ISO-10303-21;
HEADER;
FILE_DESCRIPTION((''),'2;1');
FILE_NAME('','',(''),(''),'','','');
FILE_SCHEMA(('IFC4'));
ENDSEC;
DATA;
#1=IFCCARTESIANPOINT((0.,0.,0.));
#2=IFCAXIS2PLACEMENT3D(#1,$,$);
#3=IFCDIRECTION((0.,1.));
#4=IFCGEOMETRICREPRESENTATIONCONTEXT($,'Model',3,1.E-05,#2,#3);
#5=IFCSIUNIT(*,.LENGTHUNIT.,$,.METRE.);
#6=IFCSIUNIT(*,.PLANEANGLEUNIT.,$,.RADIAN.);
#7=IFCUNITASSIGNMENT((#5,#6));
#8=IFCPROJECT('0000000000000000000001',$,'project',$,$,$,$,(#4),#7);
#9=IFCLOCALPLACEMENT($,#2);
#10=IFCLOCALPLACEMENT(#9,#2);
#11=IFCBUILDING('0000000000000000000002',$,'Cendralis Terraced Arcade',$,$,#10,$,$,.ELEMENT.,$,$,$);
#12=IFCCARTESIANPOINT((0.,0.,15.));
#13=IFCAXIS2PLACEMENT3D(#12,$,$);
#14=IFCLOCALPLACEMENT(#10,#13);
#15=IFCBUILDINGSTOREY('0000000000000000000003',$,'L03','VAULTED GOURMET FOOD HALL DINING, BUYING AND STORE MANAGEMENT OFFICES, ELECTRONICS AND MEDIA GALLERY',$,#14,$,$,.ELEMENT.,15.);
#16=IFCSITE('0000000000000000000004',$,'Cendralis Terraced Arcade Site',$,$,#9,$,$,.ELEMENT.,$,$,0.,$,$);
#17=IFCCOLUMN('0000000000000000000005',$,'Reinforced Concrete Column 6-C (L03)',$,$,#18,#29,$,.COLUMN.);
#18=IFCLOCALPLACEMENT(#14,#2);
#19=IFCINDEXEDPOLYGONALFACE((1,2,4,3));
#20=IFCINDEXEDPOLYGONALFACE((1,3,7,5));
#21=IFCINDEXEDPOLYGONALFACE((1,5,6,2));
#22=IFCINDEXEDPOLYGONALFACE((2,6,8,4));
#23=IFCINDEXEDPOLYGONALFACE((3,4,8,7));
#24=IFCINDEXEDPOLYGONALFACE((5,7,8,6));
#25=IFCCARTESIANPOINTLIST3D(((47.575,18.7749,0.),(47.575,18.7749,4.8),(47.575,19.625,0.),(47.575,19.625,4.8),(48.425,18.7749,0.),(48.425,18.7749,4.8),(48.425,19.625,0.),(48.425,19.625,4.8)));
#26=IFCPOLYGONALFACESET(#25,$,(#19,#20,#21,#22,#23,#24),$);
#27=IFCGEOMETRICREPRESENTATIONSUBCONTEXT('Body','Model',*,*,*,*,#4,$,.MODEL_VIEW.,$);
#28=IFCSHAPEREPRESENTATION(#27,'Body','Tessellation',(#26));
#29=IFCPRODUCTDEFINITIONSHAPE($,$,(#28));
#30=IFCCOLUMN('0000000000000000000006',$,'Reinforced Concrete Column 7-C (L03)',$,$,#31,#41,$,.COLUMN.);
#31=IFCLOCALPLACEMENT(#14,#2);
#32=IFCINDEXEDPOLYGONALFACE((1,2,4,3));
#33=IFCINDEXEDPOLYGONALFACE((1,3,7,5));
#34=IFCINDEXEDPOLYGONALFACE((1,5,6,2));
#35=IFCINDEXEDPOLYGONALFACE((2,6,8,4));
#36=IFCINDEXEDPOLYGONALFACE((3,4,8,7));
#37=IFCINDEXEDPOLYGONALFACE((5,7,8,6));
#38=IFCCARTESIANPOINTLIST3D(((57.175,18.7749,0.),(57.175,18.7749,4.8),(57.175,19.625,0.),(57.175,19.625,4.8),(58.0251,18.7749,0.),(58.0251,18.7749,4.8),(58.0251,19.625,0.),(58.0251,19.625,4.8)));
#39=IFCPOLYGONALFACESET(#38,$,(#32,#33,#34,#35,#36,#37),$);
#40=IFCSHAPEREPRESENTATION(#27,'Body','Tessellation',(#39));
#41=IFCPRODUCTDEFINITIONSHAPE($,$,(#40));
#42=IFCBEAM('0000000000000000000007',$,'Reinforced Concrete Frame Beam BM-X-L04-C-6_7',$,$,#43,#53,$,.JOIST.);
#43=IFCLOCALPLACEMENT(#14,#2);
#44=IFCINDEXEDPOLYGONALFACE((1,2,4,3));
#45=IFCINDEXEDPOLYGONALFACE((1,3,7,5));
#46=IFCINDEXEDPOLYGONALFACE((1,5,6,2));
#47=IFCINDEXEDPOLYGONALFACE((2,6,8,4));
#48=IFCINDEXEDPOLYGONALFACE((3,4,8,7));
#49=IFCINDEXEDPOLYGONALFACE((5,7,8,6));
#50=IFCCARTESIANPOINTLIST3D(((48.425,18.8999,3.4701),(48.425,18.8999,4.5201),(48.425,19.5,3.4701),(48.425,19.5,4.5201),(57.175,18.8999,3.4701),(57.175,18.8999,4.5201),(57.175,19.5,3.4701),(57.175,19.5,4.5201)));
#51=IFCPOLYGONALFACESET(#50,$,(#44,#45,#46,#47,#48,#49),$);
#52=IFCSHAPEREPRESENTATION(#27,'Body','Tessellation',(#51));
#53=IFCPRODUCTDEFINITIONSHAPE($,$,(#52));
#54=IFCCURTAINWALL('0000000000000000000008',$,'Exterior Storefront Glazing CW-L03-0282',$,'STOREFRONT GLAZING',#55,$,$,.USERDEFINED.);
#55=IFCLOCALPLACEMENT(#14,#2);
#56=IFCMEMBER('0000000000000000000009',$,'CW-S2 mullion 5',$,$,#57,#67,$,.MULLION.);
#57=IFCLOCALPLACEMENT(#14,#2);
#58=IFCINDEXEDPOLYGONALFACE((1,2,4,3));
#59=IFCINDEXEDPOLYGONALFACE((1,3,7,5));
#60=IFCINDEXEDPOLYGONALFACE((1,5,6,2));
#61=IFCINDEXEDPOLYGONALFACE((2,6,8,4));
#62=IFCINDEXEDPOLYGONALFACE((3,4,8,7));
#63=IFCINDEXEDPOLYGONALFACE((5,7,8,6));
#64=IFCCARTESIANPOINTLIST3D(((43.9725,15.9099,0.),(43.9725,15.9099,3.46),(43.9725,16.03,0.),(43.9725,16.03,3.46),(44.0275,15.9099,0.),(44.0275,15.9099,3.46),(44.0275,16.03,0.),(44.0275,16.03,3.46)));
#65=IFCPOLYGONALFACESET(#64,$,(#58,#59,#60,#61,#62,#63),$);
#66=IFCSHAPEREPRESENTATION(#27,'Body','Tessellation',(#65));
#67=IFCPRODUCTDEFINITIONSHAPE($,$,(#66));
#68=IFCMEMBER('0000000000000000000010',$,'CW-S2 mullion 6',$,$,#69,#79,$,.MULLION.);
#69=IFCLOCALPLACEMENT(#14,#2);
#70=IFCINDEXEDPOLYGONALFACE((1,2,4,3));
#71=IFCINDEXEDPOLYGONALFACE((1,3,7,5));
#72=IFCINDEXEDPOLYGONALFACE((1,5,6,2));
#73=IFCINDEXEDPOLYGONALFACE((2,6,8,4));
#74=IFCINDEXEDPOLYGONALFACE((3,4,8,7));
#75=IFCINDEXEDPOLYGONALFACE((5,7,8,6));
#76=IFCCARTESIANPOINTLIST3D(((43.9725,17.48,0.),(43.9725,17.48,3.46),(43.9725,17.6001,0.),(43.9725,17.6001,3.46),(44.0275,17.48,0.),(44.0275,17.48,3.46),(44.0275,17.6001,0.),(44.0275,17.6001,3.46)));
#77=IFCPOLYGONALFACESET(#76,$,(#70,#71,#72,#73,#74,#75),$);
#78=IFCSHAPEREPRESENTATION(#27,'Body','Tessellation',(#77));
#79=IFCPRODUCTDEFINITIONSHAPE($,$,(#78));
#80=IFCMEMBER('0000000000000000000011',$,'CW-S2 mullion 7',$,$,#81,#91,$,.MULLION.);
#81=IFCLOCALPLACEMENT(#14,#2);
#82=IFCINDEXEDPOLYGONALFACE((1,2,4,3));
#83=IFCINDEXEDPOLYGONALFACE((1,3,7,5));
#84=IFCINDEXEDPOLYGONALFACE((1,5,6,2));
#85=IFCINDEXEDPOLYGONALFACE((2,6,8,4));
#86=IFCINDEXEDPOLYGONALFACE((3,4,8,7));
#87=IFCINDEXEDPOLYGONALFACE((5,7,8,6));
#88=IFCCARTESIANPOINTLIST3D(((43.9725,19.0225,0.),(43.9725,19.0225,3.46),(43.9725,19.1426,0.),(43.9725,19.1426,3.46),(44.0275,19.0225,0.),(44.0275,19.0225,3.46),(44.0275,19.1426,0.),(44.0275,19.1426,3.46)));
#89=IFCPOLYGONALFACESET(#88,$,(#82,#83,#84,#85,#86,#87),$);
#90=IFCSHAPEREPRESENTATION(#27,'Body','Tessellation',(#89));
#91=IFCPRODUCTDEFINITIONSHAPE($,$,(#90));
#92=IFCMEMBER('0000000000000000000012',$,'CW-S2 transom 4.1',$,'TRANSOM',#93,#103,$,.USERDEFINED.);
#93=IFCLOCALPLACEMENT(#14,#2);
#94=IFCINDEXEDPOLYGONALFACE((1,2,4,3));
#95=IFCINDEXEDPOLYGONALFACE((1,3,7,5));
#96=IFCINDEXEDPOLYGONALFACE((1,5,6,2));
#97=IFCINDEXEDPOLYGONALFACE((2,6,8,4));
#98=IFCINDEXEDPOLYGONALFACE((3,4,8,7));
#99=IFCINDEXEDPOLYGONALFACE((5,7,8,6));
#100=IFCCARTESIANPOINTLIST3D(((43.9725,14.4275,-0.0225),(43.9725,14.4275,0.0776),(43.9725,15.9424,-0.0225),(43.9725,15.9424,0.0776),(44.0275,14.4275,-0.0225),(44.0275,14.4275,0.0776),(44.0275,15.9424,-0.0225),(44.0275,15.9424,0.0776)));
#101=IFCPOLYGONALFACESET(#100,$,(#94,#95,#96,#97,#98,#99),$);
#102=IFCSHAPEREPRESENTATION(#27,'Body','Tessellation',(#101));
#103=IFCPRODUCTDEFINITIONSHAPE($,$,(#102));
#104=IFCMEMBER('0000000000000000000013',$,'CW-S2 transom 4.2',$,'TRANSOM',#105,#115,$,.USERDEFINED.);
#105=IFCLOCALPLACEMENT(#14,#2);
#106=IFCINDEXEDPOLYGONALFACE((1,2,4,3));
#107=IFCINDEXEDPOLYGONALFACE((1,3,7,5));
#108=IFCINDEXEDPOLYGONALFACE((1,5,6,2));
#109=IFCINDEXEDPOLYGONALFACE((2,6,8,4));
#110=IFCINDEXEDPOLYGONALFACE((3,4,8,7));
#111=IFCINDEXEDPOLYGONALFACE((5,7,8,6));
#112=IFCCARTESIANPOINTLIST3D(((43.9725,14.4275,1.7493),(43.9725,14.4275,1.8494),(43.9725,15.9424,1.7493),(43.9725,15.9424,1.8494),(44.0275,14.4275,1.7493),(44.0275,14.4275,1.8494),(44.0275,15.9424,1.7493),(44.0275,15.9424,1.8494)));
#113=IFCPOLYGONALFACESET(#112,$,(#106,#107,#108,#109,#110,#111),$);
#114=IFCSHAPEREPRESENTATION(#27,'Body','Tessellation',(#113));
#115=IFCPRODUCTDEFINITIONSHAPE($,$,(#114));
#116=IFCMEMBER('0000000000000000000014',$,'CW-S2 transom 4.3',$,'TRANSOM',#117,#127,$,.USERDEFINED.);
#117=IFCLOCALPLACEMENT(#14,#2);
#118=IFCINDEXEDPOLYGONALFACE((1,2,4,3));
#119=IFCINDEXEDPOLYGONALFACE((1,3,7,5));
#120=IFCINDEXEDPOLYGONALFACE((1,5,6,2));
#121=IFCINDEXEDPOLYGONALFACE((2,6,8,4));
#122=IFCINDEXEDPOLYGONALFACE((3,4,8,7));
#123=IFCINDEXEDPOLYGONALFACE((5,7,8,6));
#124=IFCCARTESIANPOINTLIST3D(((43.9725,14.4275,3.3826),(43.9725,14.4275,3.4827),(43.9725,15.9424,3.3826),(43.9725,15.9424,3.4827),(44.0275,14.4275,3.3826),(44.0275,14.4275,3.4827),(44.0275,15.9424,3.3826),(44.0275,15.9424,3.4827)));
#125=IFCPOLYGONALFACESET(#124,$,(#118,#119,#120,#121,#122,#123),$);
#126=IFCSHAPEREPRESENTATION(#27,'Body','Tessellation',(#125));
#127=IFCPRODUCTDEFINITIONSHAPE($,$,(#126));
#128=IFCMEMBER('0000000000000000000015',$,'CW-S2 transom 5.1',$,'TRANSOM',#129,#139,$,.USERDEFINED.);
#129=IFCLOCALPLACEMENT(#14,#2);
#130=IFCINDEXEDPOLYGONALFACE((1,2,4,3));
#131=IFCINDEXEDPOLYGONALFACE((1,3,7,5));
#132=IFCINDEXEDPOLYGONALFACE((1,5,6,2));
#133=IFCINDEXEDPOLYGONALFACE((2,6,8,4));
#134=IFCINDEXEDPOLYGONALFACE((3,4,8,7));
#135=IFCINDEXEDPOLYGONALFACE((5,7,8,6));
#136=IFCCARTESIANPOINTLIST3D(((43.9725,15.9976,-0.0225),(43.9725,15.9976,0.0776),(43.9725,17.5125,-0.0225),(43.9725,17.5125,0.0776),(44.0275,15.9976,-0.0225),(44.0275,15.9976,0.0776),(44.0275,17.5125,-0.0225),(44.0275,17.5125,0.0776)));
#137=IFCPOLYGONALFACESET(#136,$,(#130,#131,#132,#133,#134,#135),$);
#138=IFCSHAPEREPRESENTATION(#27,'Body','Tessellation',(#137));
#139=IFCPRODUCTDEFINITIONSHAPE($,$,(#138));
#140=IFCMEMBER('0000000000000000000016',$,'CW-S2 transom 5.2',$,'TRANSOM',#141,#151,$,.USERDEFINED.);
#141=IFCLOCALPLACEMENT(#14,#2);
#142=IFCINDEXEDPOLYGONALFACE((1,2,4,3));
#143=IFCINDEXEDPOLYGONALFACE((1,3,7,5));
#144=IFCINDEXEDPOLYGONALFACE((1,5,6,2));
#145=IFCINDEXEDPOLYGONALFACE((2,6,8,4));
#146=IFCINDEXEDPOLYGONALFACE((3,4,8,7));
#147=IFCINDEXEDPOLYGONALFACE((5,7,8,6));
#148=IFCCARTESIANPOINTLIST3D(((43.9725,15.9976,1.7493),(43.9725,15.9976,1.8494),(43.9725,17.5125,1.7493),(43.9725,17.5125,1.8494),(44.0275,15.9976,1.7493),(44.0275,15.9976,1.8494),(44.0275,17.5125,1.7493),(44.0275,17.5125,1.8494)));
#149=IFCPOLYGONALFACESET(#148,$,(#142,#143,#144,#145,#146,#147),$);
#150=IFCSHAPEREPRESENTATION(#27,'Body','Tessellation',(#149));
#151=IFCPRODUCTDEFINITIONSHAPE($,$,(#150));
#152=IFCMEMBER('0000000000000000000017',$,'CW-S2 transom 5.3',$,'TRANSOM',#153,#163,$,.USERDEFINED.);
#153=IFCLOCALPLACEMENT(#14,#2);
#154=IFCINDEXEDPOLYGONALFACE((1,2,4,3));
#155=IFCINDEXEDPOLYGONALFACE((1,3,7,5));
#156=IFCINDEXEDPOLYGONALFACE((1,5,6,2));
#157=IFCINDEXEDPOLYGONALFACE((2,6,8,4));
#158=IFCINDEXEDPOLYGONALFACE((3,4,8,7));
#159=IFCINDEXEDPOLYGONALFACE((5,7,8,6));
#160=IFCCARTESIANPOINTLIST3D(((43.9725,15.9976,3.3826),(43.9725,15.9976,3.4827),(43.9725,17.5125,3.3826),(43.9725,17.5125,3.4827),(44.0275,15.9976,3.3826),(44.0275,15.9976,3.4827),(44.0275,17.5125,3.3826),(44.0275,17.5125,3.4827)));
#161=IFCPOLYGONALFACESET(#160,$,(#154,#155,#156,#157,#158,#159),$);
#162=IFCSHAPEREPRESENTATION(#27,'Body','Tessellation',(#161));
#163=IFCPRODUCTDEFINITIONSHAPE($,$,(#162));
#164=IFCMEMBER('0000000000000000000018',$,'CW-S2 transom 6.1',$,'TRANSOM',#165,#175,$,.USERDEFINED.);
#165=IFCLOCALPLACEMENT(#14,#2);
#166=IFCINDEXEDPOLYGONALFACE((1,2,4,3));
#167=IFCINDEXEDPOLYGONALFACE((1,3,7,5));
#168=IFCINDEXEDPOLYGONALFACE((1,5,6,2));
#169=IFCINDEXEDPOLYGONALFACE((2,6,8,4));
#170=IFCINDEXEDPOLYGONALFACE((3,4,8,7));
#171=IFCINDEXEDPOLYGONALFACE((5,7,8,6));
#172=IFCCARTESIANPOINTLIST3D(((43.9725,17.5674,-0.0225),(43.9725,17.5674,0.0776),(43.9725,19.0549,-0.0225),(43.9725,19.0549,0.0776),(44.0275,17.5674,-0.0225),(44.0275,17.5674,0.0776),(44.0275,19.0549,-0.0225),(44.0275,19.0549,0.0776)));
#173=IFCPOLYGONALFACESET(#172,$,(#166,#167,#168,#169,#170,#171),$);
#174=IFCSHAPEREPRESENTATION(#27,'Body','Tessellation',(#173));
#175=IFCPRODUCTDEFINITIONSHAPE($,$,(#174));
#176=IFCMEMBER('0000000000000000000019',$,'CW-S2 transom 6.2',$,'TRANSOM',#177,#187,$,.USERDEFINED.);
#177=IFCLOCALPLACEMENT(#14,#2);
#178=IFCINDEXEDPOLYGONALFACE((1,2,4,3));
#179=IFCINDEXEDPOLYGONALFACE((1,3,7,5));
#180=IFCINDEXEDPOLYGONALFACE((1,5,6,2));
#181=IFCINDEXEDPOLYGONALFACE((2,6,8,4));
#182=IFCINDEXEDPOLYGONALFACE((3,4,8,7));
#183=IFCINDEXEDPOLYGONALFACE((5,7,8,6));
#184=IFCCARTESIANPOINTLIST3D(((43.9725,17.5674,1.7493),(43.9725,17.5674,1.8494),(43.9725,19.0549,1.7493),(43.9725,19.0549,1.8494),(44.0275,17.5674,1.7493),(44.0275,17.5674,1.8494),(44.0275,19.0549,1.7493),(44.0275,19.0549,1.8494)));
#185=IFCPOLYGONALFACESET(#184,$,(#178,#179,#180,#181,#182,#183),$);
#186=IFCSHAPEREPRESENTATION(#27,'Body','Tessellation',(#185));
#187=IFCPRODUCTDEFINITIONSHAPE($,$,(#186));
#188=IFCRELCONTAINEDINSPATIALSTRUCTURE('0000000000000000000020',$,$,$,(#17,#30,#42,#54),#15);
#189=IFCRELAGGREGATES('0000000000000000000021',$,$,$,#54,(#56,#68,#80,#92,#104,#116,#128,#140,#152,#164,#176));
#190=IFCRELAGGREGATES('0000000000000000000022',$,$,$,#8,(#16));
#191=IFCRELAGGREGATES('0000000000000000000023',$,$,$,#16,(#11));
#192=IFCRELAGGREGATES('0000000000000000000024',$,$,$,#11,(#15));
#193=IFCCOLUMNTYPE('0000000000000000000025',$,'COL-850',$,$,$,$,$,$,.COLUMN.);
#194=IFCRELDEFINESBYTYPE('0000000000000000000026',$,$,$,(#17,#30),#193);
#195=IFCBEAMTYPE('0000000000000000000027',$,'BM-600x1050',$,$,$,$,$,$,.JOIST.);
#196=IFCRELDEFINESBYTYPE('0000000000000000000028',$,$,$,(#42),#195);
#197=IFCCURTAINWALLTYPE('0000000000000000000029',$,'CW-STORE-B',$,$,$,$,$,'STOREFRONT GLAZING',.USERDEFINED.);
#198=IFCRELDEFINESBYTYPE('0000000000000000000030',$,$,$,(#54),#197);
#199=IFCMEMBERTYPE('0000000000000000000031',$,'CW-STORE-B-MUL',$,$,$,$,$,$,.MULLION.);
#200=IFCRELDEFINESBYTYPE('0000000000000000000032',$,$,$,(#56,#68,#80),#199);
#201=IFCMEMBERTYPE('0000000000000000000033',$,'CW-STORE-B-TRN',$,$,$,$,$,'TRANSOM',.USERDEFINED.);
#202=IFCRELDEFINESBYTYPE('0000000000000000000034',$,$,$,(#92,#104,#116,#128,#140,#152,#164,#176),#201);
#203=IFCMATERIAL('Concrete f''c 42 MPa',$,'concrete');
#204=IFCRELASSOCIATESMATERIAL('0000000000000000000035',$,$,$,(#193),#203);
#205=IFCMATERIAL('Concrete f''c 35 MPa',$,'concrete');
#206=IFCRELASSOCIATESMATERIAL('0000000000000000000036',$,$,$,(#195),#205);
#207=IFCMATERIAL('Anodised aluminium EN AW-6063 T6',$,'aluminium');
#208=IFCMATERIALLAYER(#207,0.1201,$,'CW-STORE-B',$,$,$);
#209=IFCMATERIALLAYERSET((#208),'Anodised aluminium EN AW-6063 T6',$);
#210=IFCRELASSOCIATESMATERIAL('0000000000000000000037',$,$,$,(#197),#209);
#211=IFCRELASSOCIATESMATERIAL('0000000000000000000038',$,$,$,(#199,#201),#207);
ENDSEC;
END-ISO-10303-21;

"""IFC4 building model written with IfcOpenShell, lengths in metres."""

from ifc_helpers import new_model, si_unit, direction, frame, origin, origin_2d, place, context, subcontext, project, spatial, rectangle, extrude, material, layer, layer_set, material_profile, profile_set, type_object, element, aggregate, save


model = new_model("IFC4")

# Units and contexts
model_context = context("Model", 3, precision=1e-05, world=origin(), true_north=direction((0.0, 1.0)))
body_context = subcontext(model_context, "Body", "Model", "MODEL_VIEW")
ifc_project = project(units=[si_unit("LENGTHUNIT", "METRE"), si_unit("PLANEANGLEUNIT", "RADIAN")], contexts=[model_context])

# Site, building, storey
site_placement = place(None, origin())
site = spatial("IfcSite", under=ifc_project, at=site_placement, Name="Cendralis Terraced Arcade Site", CompositionType="ELEMENT", RefElevation=0.0)
building_placement = place(site_placement, origin())
building = spatial("IfcBuilding", under=site, at=building_placement, Name="Cendralis Terraced Arcade", CompositionType="ELEMENT")
storey_placement = place(building_placement, frame((0.0, 0.0, 15.0)))
storey = spatial("IfcBuildingStorey", under=building, at=storey_placement, Name="L03", Description="VAULTED GOURMET FOOD HALL DINING, BUYING AND STORE MANAGEMENT OFFICES, ELECTRONICS AND MEDIA GALLERY", CompositionType="ELEMENT", Elevation=15.0)

# Columns
ifc_material_1 = material(Name="Concrete f'c 42 MPa", Category="concrete")
ifc_material_profile_1 = material_profile(ifc_material_1, rectangle(XDim=0.8501, YDim=0.8501, at=origin_2d()), Name="RC-COL-850x850", Category="LoadBearing")
ifc_profile_set_1 = profile_set([ifc_material_profile_1], Name="Concrete f'c 42 MPa")
column_type = type_object("IfcColumnType", Name="COL-850", PredefinedType="COLUMN", material=ifc_profile_set_1)
for number, where, z_axis, x_axis, name in (
    (1, (48.0, 19.2, 0.0), (0.0, 0.0, 1.0), (1.0, 0.0, 0.0), "Reinforced Concrete Column 6-C (L03)"),
    (2, (57.6001, 19.2, 0.0), (0.0, 0.0, 1.0), (1.0, 0.0, 0.0), "Reinforced Concrete Column 7-C (L03)"),
):
    element("IfcColumn", number, at=place(storey_placement, frame(where, z_axis=z_axis, x_axis=x_axis)), inside=storey, type_object=column_type, Name=name, PredefinedType="COLUMN", context=body_context, shape_type="SweptSolid", body=[
        extrude(rectangle(XDim=0.8501, YDim=0.8501, at=origin_2d()), origin(), (0.0, 0.0, 1.0), 4.8),
    ])

# Beam
ifc_material_2 = material(Name="Concrete f'c 35 MPa", Category="concrete")
ifc_material_profile_2 = material_profile(ifc_material_2, rectangle(XDim=0.6001, YDim=1.05, at=origin_2d()), Name="RC-BM-600x1050", Category="LoadBearing")
ifc_profile_set_2 = profile_set([ifc_material_profile_2], Name="Concrete f'c 35 MPa")
beam_type = type_object("IfcBeamType", Name="BM-600x1050", PredefinedType="JOIST", material=ifc_profile_set_2)
beam_placement = place(storey_placement, frame((48.425, 19.2, 3.9951), z_axis=(1.0, 0.0, 0.0), x_axis=(0.0, 1.0, 0.0)))
element("IfcBeam", 3, at=beam_placement, inside=storey, type_object=beam_type, Name="Reinforced Concrete Frame Beam BM-X-L04-C-6_7", PredefinedType="JOIST", context=body_context, shape_type="SweptSolid", body=[
    extrude(rectangle(XDim=0.6001, YDim=1.05, at=origin_2d()), origin(), (0.0, 0.0, 1.0), 8.75),
])

# Curtain wall, members
ifc_material_3 = material(Name="Anodised aluminium EN AW-6063 T6", Category="aluminium")
ifc_layer_1 = layer(ifc_material_3, 0.1201, Name="CW-STORE-B")
ifc_layer_set_1 = layer_set([ifc_layer_1], Name="Anodised aluminium EN AW-6063 T6")
curtain_wall_type = type_object("IfcCurtainWallType", Name="CW-STORE-B", ElementType="STOREFRONT GLAZING", PredefinedType="USERDEFINED", material=ifc_layer_set_1)
curtain_wall_placement = place(storey_placement, origin())
curtain_wall = element("IfcCurtainWall", 4, at=curtain_wall_placement, inside=storey, type_object=curtain_wall_type, Name="Exterior Storefront Glazing CW-L03-0282", ObjectType="STOREFRONT GLAZING", PredefinedType="USERDEFINED")
ifc_material_profile_3 = material_profile(ifc_material_3, rectangle(XDim=0.0549, YDim=0.1201, at=origin_2d()), Name="ALU-MUL-55x120")
ifc_profile_set_3 = profile_set([ifc_material_profile_3], Name="Anodised aluminium EN AW-6063 T6")
member_type_1 = type_object("IfcMemberType", Name="CW-STORE-B-MUL", PredefinedType="MULLION", material=ifc_profile_set_3)
member_1_placement = place(storey_placement, frame((44.0, 15.97, 0.0), z_axis=(0.0, 0.0, 1.0), x_axis=(-1.0, 0.0, 0.0)))
member_1 = element("IfcMember", 5, at=member_1_placement, type_object=member_type_1, Name="CW-S2 mullion 5", PredefinedType="MULLION", context=body_context, shape_type="SweptSolid", body=[
    extrude(rectangle(XDim=0.0549, YDim=0.1201, at=origin_2d()), origin(), (0.0, 0.0, 1.0), 3.46),
])
member_2_placement = place(storey_placement, frame((44.0, 17.54, 0.0), z_axis=(0.0, 0.0, 1.0), x_axis=(-1.0, 0.0, 0.0)))
member_2 = element("IfcMember", 6, at=member_2_placement, type_object=member_type_1, Name="CW-S2 mullion 6", PredefinedType="MULLION", context=body_context, shape_type="SweptSolid", body=[
    extrude(rectangle(XDim=0.0549, YDim=0.1201, at=origin_2d()), origin(), (0.0, 0.0, 1.0), 3.46),
])
member_3_placement = place(storey_placement, frame((44.0, 19.0825, 0.0), z_axis=(0.0, 0.0, 1.0), x_axis=(-1.0, 0.0, 0.0)))
member_3 = element("IfcMember", 7, at=member_3_placement, type_object=member_type_1, Name="CW-S2 mullion 7", PredefinedType="MULLION", context=body_context, shape_type="SweptSolid", body=[
    extrude(rectangle(XDim=0.0549, YDim=0.1201, at=origin_2d()), origin(), (0.0, 0.0, 1.0), 3.46),
])
ifc_material_profile_4 = material_profile(ifc_material_3, rectangle(XDim=0.0549, YDim=0.1001, at=origin_2d()), Name="ALU-TRN-55x100")
ifc_profile_set_4 = profile_set([ifc_material_profile_4], Name="Anodised aluminium EN AW-6063 T6")
member_type_2 = type_object("IfcMemberType", Name="CW-STORE-B-TRN", ElementType="TRANSOM", PredefinedType="USERDEFINED", material=ifc_profile_set_4)
member_4_placement = place(storey_placement, frame((44.0, 14.4275, 0.0276), z_axis=(0.0, 1.0, 0.0), x_axis=(-1.0, 0.0, 0.0)))
member_4 = element("IfcMember", 8, at=member_4_placement, type_object=member_type_2, Name="CW-S2 transom 4.1", ObjectType="TRANSOM", PredefinedType="USERDEFINED", context=body_context, shape_type="SweptSolid", body=[
    extrude(rectangle(XDim=0.0549, YDim=0.1001, at=origin_2d()), origin(), (0.0, 0.0, 1.0), 1.5149),
])
member_5_placement = place(storey_placement, frame((44.0, 14.4275, 1.7993), z_axis=(0.0, 1.0, 0.0), x_axis=(-1.0, 0.0, 0.0)))
member_5 = element("IfcMember", 9, at=member_5_placement, type_object=member_type_2, Name="CW-S2 transom 4.2", ObjectType="TRANSOM", PredefinedType="USERDEFINED", context=body_context, shape_type="SweptSolid", body=[
    extrude(rectangle(XDim=0.0549, YDim=0.1001, at=origin_2d()), origin(), (0.0, 0.0, 1.0), 1.5149),
])
member_6_placement = place(storey_placement, frame((44.0, 14.4275, 3.4326), z_axis=(0.0, 1.0, 0.0), x_axis=(-1.0, 0.0, 0.0)))
member_6 = element("IfcMember", 10, at=member_6_placement, type_object=member_type_2, Name="CW-S2 transom 4.3", ObjectType="TRANSOM", PredefinedType="USERDEFINED", context=body_context, shape_type="SweptSolid", body=[
    extrude(rectangle(XDim=0.0549, YDim=0.1001, at=origin_2d()), origin(), (0.0, 0.0, 1.0), 1.5149),
])
member_7_placement = place(storey_placement, frame((44.0, 15.9976, 0.0276), z_axis=(0.0, 1.0, 0.0), x_axis=(-1.0, 0.0, 0.0)))
member_7 = element("IfcMember", 11, at=member_7_placement, type_object=member_type_2, Name="CW-S2 transom 5.1", ObjectType="TRANSOM", PredefinedType="USERDEFINED", context=body_context, shape_type="SweptSolid", body=[
    extrude(rectangle(XDim=0.0549, YDim=0.1001, at=origin_2d()), origin(), (0.0, 0.0, 1.0), 1.5149),
])
member_8_placement = place(storey_placement, frame((44.0, 15.9976, 1.7993), z_axis=(0.0, 1.0, 0.0), x_axis=(-1.0, 0.0, 0.0)))
member_8 = element("IfcMember", 12, at=member_8_placement, type_object=member_type_2, Name="CW-S2 transom 5.2", ObjectType="TRANSOM", PredefinedType="USERDEFINED", context=body_context, shape_type="SweptSolid", body=[
    extrude(rectangle(XDim=0.0549, YDim=0.1001, at=origin_2d()), origin(), (0.0, 0.0, 1.0), 1.5149),
])
member_9_placement = place(storey_placement, frame((44.0, 15.9976, 3.4326), z_axis=(0.0, 1.0, 0.0), x_axis=(-1.0, 0.0, 0.0)))
member_9 = element("IfcMember", 13, at=member_9_placement, type_object=member_type_2, Name="CW-S2 transom 5.3", ObjectType="TRANSOM", PredefinedType="USERDEFINED", context=body_context, shape_type="SweptSolid", body=[
    extrude(rectangle(XDim=0.0549, YDim=0.1001, at=origin_2d()), origin(), (0.0, 0.0, 1.0), 1.5149),
])
member_10_placement = place(storey_placement, frame((44.0, 17.5674, 0.0276), z_axis=(0.0, 1.0, 0.0), x_axis=(-1.0, 0.0, 0.0)))
member_10 = element("IfcMember", 14, at=member_10_placement, type_object=member_type_2, Name="CW-S2 transom 6.1", ObjectType="TRANSOM", PredefinedType="USERDEFINED", context=body_context, shape_type="SweptSolid", body=[
    extrude(rectangle(XDim=0.0549, YDim=0.1001, at=origin_2d()), origin(), (0.0, 0.0, 1.0), 1.4875),
])
member_11_placement = place(storey_placement, frame((44.0, 17.5674, 1.7993), z_axis=(0.0, 1.0, 0.0), x_axis=(-1.0, 0.0, 0.0)))
member_11 = element("IfcMember", 15, at=member_11_placement, type_object=member_type_2, Name="CW-S2 transom 6.2", ObjectType="TRANSOM", PredefinedType="USERDEFINED", context=body_context, shape_type="SweptSolid", body=[
    extrude(rectangle(XDim=0.0549, YDim=0.1001, at=origin_2d()), origin(), (0.0, 0.0, 1.0), 1.4875),
])
aggregate(curtain_wall, [member_1, member_2, member_3, member_4, member_5, member_6, member_7, member_8, member_9, member_10, member_11])

save(model, "model.ifc")
